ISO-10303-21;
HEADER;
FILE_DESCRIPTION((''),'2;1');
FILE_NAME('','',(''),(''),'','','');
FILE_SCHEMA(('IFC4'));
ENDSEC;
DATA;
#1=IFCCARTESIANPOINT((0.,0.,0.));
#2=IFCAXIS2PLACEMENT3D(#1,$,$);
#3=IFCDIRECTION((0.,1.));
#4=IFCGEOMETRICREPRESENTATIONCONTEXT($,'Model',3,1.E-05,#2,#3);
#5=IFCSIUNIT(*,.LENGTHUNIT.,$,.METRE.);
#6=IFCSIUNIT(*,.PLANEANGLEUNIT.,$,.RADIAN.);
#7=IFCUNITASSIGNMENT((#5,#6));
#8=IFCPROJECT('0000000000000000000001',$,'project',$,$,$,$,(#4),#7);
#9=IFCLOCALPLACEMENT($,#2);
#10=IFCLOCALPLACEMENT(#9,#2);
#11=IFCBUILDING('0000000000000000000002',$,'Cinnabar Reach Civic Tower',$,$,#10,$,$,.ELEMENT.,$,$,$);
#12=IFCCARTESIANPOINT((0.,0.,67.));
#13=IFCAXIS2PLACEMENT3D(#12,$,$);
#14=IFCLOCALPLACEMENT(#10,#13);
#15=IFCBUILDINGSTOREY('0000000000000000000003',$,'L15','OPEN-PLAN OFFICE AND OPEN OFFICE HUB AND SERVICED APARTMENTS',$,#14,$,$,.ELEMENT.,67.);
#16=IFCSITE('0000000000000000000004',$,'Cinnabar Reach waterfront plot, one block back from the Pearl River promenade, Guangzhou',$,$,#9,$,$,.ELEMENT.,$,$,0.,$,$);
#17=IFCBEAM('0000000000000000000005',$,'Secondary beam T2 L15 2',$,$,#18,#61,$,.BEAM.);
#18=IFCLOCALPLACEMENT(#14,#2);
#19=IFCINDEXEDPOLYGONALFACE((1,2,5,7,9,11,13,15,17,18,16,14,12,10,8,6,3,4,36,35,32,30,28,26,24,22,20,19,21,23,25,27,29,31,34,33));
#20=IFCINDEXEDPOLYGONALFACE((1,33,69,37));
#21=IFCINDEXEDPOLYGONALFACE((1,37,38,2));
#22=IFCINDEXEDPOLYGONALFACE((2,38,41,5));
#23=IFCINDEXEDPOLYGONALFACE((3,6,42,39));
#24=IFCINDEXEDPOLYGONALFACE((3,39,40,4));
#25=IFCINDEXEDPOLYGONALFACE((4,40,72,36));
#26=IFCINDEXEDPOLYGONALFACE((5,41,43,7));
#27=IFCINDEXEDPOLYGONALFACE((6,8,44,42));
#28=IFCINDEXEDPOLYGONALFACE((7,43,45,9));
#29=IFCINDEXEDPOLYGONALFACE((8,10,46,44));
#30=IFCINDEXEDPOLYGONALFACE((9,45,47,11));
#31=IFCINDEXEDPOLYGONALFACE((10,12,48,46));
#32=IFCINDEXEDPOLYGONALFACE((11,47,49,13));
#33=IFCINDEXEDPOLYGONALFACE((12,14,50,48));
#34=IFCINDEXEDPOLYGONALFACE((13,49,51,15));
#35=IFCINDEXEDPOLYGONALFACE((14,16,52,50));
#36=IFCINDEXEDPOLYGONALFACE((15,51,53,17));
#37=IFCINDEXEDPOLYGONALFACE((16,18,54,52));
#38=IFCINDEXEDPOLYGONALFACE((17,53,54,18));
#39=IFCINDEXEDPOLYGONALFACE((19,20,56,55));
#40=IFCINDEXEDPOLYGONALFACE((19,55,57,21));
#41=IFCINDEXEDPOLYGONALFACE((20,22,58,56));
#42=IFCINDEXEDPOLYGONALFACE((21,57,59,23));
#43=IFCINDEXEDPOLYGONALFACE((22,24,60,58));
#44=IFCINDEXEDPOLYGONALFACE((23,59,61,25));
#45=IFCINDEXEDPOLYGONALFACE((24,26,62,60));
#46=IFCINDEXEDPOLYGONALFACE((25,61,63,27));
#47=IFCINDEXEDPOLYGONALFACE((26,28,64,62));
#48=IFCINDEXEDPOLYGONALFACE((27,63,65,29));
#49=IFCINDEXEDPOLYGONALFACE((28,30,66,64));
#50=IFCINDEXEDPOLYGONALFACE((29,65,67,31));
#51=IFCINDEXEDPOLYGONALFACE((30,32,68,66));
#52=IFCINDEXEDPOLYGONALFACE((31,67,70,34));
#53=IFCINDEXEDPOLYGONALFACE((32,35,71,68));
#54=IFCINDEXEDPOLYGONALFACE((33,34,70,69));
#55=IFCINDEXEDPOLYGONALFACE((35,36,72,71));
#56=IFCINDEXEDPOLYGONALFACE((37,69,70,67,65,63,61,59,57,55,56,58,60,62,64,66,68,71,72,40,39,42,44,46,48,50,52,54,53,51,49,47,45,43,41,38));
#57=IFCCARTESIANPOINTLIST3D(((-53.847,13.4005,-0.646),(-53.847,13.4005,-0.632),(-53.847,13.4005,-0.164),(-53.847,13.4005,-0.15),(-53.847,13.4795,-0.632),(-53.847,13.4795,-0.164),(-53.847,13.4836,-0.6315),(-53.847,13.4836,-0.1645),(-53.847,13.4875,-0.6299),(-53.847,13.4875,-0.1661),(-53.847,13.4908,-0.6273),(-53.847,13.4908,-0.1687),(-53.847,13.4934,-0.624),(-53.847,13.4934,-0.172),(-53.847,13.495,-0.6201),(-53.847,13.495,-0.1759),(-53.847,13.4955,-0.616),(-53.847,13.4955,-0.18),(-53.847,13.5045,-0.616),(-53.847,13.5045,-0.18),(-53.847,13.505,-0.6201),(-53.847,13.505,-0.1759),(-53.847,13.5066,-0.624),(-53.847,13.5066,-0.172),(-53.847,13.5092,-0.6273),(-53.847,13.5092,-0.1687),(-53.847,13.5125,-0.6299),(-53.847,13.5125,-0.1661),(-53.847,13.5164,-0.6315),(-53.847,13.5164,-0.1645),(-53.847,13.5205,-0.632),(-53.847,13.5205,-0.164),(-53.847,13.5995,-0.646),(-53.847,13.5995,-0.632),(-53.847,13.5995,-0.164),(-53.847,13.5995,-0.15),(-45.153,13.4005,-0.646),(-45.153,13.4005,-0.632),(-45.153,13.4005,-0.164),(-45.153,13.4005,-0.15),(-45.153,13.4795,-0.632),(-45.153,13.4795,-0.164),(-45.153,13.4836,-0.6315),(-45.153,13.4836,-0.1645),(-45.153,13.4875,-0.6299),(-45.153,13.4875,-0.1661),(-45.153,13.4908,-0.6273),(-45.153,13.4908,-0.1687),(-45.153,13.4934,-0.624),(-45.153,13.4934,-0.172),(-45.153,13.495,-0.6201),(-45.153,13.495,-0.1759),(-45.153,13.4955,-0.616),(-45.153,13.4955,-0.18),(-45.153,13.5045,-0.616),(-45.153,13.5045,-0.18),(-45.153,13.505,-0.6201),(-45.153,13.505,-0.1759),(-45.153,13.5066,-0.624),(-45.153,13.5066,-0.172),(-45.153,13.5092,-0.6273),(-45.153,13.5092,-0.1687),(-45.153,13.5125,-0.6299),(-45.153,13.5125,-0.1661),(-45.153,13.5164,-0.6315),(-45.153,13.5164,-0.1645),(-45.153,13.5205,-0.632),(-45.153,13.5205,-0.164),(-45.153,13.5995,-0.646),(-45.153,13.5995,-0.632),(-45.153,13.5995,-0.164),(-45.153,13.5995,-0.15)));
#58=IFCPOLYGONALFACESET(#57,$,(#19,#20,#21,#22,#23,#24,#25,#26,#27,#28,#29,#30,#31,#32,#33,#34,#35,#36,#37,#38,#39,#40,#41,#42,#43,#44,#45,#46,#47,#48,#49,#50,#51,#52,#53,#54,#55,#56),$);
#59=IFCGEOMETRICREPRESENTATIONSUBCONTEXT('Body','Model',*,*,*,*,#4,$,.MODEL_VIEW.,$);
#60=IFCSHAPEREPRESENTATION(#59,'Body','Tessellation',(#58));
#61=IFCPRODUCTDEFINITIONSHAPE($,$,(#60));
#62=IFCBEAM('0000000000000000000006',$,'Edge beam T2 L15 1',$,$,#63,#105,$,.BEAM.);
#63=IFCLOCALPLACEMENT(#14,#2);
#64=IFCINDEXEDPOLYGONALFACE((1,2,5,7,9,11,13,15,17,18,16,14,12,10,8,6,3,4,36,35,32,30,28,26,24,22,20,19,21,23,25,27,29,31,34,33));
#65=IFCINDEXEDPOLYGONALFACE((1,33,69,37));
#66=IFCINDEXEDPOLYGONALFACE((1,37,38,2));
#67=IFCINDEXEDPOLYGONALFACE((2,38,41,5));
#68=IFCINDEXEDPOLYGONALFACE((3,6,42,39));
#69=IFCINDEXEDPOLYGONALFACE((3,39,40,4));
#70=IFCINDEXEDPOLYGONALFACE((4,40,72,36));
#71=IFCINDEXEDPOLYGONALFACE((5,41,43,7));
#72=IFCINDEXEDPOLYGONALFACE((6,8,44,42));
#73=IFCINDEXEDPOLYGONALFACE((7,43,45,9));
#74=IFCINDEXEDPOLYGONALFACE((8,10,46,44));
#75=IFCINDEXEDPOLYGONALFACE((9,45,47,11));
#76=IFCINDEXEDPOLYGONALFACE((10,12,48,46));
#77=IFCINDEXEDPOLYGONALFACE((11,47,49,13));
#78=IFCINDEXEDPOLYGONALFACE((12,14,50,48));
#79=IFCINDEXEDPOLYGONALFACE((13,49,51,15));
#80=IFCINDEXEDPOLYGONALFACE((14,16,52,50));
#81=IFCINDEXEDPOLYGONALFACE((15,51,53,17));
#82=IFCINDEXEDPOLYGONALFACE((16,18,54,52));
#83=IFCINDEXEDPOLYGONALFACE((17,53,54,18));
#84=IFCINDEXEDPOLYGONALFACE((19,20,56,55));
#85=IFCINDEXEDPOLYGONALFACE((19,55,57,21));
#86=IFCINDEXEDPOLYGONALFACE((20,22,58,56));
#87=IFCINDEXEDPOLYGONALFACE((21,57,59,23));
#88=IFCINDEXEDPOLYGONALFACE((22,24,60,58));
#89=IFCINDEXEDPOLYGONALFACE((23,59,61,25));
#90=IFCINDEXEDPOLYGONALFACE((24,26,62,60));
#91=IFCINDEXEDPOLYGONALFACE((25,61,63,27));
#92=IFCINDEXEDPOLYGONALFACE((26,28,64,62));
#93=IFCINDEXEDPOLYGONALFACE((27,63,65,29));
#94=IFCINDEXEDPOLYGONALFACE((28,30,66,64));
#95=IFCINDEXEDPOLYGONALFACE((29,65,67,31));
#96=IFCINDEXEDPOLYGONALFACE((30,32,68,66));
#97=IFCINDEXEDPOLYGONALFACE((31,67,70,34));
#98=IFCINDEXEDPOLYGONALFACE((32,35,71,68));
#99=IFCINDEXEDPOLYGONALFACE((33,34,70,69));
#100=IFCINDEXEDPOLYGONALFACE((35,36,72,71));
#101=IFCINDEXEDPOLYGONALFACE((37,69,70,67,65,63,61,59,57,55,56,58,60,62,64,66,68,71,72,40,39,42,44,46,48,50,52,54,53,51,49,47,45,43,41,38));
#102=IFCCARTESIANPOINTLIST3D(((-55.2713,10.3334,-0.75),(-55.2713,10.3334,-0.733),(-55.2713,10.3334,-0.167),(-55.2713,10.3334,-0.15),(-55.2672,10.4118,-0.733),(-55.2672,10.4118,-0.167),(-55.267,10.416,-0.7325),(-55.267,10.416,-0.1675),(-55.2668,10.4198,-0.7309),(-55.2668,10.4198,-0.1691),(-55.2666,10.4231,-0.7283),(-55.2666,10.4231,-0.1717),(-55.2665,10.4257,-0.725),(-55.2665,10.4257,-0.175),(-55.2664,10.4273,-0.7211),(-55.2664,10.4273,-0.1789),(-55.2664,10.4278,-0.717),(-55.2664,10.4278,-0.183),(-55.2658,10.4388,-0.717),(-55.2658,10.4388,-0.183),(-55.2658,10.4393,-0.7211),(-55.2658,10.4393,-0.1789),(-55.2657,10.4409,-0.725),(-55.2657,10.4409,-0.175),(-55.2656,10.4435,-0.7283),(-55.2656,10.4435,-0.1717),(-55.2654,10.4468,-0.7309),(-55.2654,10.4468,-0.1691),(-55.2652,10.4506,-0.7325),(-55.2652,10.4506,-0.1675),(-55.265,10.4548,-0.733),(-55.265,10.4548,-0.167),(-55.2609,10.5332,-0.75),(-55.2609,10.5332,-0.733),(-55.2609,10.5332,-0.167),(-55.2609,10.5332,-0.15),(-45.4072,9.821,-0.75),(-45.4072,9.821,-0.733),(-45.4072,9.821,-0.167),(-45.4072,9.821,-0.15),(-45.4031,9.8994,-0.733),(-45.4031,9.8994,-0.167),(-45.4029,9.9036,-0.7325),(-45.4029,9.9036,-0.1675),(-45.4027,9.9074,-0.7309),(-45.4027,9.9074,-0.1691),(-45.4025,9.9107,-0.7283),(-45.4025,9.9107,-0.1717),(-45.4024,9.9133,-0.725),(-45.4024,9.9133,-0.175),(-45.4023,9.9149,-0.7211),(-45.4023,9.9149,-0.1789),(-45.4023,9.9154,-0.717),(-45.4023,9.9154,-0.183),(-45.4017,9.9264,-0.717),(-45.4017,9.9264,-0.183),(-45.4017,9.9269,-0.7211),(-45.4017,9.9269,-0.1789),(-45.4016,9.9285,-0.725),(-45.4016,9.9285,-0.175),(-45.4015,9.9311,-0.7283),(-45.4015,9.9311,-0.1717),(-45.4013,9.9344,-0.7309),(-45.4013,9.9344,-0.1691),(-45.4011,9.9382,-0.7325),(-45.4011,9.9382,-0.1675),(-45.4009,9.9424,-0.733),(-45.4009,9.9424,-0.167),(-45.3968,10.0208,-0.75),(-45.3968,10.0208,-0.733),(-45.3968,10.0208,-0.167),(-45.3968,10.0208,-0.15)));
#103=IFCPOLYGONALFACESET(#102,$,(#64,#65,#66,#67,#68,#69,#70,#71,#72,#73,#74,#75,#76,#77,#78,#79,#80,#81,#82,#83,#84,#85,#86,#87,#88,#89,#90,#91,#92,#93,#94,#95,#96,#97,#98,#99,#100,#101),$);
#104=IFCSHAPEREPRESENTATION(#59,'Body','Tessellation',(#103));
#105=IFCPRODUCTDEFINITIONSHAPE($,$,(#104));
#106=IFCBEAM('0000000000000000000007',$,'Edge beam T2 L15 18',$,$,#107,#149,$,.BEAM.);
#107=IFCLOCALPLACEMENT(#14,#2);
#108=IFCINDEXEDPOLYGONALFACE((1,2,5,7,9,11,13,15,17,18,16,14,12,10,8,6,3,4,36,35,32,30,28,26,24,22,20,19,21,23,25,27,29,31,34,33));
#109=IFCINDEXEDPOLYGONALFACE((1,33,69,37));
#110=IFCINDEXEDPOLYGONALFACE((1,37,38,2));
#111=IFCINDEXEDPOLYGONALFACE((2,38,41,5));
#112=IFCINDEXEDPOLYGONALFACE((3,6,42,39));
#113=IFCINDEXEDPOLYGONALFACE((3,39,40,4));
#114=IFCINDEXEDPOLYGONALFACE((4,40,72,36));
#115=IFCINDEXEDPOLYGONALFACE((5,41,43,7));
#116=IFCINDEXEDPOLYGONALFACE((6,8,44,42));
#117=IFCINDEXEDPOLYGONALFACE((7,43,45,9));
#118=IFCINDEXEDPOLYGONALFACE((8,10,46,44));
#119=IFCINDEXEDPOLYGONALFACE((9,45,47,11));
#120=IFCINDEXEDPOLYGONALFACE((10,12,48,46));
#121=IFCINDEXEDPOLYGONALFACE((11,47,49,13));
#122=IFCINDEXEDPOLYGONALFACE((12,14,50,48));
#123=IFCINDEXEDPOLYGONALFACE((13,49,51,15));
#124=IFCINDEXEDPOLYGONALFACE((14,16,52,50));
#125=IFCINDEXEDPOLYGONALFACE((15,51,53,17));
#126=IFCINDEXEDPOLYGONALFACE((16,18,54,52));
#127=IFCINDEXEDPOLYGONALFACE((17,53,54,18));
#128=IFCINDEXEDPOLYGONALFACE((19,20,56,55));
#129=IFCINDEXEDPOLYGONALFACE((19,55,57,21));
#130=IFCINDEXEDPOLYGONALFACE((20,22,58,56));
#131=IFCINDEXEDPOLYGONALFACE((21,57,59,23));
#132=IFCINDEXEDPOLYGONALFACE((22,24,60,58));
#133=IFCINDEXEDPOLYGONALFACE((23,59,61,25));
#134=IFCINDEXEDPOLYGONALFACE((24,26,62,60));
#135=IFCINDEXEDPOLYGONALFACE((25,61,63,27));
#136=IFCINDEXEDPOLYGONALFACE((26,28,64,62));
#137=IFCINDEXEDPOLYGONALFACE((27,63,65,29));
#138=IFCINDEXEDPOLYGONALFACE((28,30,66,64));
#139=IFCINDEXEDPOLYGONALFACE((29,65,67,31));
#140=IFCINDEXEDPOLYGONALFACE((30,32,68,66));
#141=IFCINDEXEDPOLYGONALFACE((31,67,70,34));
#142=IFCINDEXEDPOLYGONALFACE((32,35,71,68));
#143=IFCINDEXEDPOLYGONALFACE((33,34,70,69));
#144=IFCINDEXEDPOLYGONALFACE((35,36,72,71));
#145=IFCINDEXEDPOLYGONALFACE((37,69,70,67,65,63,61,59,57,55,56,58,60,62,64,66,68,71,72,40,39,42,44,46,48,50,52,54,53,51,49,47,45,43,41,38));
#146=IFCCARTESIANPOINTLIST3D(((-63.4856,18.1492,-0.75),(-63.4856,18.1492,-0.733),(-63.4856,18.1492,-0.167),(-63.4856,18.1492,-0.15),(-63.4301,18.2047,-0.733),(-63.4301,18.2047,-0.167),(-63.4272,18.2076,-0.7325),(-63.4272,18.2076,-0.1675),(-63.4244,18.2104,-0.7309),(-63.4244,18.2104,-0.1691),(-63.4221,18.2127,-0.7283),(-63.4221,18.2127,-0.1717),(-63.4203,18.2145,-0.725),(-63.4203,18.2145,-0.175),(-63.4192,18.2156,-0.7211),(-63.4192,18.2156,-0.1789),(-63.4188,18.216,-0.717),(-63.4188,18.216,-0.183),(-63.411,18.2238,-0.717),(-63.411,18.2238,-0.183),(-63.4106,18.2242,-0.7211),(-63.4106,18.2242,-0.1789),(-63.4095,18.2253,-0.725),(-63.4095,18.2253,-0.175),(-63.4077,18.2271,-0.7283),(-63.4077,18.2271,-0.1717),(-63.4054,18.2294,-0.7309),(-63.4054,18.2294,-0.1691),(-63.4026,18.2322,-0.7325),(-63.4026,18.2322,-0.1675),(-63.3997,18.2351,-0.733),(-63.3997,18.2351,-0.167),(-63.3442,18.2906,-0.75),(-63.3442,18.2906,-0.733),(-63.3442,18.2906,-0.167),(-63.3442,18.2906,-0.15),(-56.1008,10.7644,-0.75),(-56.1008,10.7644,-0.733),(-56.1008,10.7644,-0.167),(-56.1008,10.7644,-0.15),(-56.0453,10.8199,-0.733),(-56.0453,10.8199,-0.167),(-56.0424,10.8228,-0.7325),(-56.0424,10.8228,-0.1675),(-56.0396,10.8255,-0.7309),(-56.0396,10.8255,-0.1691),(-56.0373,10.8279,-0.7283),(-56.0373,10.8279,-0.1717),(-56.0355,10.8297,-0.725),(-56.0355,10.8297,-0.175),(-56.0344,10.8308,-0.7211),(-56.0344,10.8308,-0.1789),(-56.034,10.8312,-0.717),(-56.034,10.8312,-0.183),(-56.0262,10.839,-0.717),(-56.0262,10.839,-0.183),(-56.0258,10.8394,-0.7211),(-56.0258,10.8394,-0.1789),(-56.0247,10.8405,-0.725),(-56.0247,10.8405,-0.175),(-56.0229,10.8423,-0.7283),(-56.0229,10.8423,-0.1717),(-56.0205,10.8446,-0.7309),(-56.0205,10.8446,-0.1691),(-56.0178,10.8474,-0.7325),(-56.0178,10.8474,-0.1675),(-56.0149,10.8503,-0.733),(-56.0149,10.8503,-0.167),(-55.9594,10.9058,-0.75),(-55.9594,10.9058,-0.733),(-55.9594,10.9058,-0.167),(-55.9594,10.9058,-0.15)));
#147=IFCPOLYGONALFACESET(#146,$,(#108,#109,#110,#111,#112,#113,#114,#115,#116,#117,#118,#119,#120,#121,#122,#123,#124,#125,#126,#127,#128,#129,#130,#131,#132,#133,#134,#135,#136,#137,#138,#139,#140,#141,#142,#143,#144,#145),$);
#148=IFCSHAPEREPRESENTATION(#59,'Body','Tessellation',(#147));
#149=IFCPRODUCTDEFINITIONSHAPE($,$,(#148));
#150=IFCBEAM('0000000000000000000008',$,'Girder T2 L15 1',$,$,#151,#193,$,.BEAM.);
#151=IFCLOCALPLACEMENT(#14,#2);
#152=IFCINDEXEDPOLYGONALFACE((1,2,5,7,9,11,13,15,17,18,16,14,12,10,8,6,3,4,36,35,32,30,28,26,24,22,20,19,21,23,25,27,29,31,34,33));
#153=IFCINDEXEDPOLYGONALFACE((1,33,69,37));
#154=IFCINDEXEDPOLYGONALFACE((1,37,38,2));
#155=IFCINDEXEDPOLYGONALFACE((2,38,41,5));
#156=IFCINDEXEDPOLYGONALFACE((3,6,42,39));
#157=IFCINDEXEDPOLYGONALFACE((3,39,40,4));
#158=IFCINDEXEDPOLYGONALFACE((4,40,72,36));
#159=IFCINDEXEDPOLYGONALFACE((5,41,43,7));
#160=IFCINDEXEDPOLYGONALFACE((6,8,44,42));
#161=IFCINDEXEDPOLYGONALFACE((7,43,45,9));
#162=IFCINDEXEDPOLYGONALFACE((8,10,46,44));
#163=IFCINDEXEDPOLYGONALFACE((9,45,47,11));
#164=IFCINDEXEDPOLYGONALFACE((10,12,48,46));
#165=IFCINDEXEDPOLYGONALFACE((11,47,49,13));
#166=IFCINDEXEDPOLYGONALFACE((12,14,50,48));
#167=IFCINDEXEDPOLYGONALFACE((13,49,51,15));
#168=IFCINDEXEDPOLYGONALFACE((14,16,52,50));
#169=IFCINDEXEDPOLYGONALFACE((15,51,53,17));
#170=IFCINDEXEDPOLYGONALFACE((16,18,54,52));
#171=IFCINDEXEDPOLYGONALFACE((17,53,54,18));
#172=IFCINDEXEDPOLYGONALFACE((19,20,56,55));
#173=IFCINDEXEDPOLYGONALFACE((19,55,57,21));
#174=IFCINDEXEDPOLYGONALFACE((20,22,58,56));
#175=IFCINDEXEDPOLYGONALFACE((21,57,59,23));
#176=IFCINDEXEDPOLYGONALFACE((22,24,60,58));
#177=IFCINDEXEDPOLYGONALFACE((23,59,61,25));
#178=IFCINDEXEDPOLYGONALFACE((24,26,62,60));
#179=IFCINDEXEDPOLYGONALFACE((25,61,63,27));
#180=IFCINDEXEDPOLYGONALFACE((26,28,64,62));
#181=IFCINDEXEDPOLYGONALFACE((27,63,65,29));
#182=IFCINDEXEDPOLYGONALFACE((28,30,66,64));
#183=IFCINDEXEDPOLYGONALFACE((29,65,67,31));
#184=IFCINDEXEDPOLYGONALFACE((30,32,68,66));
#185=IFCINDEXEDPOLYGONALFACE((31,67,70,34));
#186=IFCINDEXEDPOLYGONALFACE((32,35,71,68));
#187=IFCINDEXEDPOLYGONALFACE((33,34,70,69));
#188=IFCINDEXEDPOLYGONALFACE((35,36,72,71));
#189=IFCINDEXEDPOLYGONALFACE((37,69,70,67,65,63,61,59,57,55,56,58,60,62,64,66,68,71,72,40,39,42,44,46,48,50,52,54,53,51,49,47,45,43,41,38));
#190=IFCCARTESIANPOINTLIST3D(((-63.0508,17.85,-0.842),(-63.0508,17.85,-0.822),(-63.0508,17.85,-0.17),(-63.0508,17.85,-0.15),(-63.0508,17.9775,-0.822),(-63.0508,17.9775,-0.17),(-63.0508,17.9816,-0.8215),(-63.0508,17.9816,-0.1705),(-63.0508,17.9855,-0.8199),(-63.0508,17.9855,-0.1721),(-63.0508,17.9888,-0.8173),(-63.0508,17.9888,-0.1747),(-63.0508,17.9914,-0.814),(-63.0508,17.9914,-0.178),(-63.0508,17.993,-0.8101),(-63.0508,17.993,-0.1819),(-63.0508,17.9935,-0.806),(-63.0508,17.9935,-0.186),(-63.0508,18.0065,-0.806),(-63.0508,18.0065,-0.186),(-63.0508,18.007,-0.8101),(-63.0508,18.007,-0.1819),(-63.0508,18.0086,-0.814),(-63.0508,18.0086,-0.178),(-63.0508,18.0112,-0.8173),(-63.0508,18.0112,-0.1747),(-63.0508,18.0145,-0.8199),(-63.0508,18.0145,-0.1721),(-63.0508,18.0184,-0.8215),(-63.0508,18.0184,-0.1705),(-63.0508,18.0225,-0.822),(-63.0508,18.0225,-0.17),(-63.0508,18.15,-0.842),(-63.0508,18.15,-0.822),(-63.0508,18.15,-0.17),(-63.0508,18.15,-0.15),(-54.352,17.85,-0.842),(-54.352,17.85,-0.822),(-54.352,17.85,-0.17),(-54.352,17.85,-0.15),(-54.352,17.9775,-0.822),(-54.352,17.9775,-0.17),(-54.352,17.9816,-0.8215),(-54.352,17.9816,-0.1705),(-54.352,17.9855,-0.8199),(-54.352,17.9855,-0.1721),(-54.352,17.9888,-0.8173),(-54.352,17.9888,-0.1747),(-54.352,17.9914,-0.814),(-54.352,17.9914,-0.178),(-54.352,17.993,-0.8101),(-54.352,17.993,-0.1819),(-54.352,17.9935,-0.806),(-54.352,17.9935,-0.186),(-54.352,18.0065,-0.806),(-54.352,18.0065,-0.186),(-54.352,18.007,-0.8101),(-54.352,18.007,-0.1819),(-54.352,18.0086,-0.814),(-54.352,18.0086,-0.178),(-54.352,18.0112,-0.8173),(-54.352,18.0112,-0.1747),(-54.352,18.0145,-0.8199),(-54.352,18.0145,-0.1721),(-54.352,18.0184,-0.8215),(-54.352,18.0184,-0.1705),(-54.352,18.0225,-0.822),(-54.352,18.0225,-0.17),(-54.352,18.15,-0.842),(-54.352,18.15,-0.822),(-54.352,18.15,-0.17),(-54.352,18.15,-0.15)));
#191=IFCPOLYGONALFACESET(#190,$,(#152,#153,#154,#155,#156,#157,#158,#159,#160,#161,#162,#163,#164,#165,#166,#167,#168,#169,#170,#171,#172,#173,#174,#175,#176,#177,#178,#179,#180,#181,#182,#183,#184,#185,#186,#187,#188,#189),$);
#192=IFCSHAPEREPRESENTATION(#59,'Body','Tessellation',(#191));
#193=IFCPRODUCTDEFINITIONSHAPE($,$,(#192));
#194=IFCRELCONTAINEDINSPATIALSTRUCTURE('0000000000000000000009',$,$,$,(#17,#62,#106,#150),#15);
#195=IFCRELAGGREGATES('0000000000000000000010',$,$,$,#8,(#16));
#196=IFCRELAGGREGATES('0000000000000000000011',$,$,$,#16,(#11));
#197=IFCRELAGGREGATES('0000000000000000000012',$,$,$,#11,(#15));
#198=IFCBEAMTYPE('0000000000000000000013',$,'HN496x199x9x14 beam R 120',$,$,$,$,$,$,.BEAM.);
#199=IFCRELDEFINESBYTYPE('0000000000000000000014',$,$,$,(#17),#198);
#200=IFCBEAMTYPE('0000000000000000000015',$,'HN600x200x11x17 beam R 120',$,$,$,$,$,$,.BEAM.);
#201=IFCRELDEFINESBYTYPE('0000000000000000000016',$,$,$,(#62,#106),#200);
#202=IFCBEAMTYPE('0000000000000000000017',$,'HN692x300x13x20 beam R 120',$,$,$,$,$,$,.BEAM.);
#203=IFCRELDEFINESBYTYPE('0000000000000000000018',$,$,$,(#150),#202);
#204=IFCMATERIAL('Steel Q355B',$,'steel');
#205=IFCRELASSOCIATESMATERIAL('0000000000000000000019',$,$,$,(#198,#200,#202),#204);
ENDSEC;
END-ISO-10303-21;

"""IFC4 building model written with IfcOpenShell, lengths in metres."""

from ifc_helpers import new_model, si_unit, direction, frame, origin, origin_2d, place, context, subcontext, project, spatial, i_section, extrude, material, material_profile, profile_set, type_object, element, save


model = new_model("IFC4")

# Units and contexts
model_context = context("Model", 3, precision=1e-05, world=origin(), true_north=direction((0.0, 1.0)))
body_context = subcontext(model_context, "Body", "Model", "MODEL_VIEW")
ifc_project = project(units=[si_unit("LENGTHUNIT", "METRE"), si_unit("PLANEANGLEUNIT", "RADIAN")], contexts=[model_context])

# Site, building, storey
site_placement = place(None, origin())
site = spatial("IfcSite", under=ifc_project, at=site_placement, Name="Cinnabar Reach waterfront plot, one block back from the Pearl River promenade, Guangzhou", CompositionType="ELEMENT", RefElevation=0.0)
building_placement = place(site_placement, origin())
building = spatial("IfcBuilding", under=site, at=building_placement, Name="Cinnabar Reach Civic Tower", CompositionType="ELEMENT")
storey_placement = place(building_placement, frame((0.0, 0.0, 67.0)))
storey = spatial("IfcBuildingStorey", under=building, at=storey_placement, Name="L15", Description="OPEN-PLAN OFFICE AND OPEN OFFICE HUB AND SERVICED APARTMENTS", CompositionType="ELEMENT", Elevation=67.0)

# Beams
ifc_material_1 = material(Name="Steel Q355B", Category="steel")
ifc_material_profile_1 = material_profile(ifc_material_1, i_section(OverallWidth=0.199, OverallDepth=0.496, WebThickness=0.009, FlangeThickness=0.014, FilletRadius=0.016, at=origin_2d()), Name="HN496x199x9x14")
ifc_profile_set_1 = profile_set([ifc_material_profile_1], Name="Steel Q355B")
beam_type_1 = type_object("IfcBeamType", Name="HN496x199x9x14 beam R 120", PredefinedType="BEAM", material=ifc_profile_set_1)
beam_1_placement = place(storey_placement, frame((-53.847, 13.5, -0.398), z_axis=(1.0, 0.0, 0.0), x_axis=(0.0, 1.0, 0.0)))
element("IfcBeam", 1, at=beam_1_placement, inside=storey, type_object=beam_type_1, Name="Secondary beam T2 L15 2", PredefinedType="BEAM", context=body_context, shape_type="SweptSolid", body=[
    extrude(i_section(OverallWidth=0.199, OverallDepth=0.496, WebThickness=0.009, FlangeThickness=0.014, FilletRadius=0.016, at=origin_2d()), origin(), (0.0, 0.0, 1.0), 8.694),
])
ifc_material_profile_2 = material_profile(ifc_material_1, i_section(OverallWidth=0.2, OverallDepth=0.6, WebThickness=0.011, FlangeThickness=0.017, FilletRadius=0.016, at=origin_2d()), Name="HN600x200x11x17")
ifc_profile_set_2 = profile_set([ifc_material_profile_2], Name="Steel Q355B")
beam_type_2 = type_object("IfcBeamType", Name="HN600x200x11x17 beam R 120", PredefinedType="BEAM", material=ifc_profile_set_2)
beam_2_placement = place(storey_placement, frame((-55.2661, 10.4333, -0.45), z_axis=(0.998654, -0.051876, 0.0), x_axis=(0.051876, 0.998654, 0.0)))
element("IfcBeam", 2, at=beam_2_placement, inside=storey, type_object=beam_type_2, Name="Edge beam T2 L15 1", PredefinedType="BEAM", context=body_context, shape_type="SweptSolid", body=[
    extrude(i_section(OverallWidth=0.2, OverallDepth=0.6, WebThickness=0.011, FlangeThickness=0.017, FilletRadius=0.016, at=origin_2d()), origin(), (0.0, 0.0, 1.0), 9.8774),
])
beam_3_placement = place(storey_placement, frame((-63.4149, 18.2199, -0.45), z_axis=(0.707107, -0.707107, 0.0), x_axis=(0.707107, 0.707107, 0.0)))
element("IfcBeam", 3, at=beam_3_placement, inside=storey, type_object=beam_type_2, Name="Edge beam T2 L15 18", PredefinedType="BEAM", context=body_context, shape_type="SweptSolid", body=[
    extrude(i_section(OverallWidth=0.2, OverallDepth=0.6, WebThickness=0.011, FlangeThickness=0.017, FilletRadius=0.016, at=origin_2d()), origin(), (0.0, 0.0, 1.0), 10.4437),
])
ifc_material_profile_3 = material_profile(ifc_material_1, i_section(OverallWidth=0.3, OverallDepth=0.692, WebThickness=0.013, FlangeThickness=0.02, FilletRadius=0.016, at=origin_2d()), Name="HN692x300x13x20")
ifc_profile_set_3 = profile_set([ifc_material_profile_3], Name="Steel Q355B")
beam_type_3 = type_object("IfcBeamType", Name="HN692x300x13x20 beam R 120", PredefinedType="BEAM", material=ifc_profile_set_3)
beam_4_placement = place(storey_placement, frame((-63.0508, 18.0, -0.496), z_axis=(1.0, 0.0, 0.0), x_axis=(0.0, 1.0, 0.0)))
element("IfcBeam", 4, at=beam_4_placement, inside=storey, type_object=beam_type_3, Name="Girder T2 L15 1", PredefinedType="BEAM", context=body_context, shape_type="SweptSolid", body=[
    extrude(i_section(OverallWidth=0.3, OverallDepth=0.692, WebThickness=0.013, FlangeThickness=0.02, FilletRadius=0.016, at=origin_2d()), origin(), (0.0, 0.0, 1.0), 8.6988),
])

save(model, "model.ifc")
